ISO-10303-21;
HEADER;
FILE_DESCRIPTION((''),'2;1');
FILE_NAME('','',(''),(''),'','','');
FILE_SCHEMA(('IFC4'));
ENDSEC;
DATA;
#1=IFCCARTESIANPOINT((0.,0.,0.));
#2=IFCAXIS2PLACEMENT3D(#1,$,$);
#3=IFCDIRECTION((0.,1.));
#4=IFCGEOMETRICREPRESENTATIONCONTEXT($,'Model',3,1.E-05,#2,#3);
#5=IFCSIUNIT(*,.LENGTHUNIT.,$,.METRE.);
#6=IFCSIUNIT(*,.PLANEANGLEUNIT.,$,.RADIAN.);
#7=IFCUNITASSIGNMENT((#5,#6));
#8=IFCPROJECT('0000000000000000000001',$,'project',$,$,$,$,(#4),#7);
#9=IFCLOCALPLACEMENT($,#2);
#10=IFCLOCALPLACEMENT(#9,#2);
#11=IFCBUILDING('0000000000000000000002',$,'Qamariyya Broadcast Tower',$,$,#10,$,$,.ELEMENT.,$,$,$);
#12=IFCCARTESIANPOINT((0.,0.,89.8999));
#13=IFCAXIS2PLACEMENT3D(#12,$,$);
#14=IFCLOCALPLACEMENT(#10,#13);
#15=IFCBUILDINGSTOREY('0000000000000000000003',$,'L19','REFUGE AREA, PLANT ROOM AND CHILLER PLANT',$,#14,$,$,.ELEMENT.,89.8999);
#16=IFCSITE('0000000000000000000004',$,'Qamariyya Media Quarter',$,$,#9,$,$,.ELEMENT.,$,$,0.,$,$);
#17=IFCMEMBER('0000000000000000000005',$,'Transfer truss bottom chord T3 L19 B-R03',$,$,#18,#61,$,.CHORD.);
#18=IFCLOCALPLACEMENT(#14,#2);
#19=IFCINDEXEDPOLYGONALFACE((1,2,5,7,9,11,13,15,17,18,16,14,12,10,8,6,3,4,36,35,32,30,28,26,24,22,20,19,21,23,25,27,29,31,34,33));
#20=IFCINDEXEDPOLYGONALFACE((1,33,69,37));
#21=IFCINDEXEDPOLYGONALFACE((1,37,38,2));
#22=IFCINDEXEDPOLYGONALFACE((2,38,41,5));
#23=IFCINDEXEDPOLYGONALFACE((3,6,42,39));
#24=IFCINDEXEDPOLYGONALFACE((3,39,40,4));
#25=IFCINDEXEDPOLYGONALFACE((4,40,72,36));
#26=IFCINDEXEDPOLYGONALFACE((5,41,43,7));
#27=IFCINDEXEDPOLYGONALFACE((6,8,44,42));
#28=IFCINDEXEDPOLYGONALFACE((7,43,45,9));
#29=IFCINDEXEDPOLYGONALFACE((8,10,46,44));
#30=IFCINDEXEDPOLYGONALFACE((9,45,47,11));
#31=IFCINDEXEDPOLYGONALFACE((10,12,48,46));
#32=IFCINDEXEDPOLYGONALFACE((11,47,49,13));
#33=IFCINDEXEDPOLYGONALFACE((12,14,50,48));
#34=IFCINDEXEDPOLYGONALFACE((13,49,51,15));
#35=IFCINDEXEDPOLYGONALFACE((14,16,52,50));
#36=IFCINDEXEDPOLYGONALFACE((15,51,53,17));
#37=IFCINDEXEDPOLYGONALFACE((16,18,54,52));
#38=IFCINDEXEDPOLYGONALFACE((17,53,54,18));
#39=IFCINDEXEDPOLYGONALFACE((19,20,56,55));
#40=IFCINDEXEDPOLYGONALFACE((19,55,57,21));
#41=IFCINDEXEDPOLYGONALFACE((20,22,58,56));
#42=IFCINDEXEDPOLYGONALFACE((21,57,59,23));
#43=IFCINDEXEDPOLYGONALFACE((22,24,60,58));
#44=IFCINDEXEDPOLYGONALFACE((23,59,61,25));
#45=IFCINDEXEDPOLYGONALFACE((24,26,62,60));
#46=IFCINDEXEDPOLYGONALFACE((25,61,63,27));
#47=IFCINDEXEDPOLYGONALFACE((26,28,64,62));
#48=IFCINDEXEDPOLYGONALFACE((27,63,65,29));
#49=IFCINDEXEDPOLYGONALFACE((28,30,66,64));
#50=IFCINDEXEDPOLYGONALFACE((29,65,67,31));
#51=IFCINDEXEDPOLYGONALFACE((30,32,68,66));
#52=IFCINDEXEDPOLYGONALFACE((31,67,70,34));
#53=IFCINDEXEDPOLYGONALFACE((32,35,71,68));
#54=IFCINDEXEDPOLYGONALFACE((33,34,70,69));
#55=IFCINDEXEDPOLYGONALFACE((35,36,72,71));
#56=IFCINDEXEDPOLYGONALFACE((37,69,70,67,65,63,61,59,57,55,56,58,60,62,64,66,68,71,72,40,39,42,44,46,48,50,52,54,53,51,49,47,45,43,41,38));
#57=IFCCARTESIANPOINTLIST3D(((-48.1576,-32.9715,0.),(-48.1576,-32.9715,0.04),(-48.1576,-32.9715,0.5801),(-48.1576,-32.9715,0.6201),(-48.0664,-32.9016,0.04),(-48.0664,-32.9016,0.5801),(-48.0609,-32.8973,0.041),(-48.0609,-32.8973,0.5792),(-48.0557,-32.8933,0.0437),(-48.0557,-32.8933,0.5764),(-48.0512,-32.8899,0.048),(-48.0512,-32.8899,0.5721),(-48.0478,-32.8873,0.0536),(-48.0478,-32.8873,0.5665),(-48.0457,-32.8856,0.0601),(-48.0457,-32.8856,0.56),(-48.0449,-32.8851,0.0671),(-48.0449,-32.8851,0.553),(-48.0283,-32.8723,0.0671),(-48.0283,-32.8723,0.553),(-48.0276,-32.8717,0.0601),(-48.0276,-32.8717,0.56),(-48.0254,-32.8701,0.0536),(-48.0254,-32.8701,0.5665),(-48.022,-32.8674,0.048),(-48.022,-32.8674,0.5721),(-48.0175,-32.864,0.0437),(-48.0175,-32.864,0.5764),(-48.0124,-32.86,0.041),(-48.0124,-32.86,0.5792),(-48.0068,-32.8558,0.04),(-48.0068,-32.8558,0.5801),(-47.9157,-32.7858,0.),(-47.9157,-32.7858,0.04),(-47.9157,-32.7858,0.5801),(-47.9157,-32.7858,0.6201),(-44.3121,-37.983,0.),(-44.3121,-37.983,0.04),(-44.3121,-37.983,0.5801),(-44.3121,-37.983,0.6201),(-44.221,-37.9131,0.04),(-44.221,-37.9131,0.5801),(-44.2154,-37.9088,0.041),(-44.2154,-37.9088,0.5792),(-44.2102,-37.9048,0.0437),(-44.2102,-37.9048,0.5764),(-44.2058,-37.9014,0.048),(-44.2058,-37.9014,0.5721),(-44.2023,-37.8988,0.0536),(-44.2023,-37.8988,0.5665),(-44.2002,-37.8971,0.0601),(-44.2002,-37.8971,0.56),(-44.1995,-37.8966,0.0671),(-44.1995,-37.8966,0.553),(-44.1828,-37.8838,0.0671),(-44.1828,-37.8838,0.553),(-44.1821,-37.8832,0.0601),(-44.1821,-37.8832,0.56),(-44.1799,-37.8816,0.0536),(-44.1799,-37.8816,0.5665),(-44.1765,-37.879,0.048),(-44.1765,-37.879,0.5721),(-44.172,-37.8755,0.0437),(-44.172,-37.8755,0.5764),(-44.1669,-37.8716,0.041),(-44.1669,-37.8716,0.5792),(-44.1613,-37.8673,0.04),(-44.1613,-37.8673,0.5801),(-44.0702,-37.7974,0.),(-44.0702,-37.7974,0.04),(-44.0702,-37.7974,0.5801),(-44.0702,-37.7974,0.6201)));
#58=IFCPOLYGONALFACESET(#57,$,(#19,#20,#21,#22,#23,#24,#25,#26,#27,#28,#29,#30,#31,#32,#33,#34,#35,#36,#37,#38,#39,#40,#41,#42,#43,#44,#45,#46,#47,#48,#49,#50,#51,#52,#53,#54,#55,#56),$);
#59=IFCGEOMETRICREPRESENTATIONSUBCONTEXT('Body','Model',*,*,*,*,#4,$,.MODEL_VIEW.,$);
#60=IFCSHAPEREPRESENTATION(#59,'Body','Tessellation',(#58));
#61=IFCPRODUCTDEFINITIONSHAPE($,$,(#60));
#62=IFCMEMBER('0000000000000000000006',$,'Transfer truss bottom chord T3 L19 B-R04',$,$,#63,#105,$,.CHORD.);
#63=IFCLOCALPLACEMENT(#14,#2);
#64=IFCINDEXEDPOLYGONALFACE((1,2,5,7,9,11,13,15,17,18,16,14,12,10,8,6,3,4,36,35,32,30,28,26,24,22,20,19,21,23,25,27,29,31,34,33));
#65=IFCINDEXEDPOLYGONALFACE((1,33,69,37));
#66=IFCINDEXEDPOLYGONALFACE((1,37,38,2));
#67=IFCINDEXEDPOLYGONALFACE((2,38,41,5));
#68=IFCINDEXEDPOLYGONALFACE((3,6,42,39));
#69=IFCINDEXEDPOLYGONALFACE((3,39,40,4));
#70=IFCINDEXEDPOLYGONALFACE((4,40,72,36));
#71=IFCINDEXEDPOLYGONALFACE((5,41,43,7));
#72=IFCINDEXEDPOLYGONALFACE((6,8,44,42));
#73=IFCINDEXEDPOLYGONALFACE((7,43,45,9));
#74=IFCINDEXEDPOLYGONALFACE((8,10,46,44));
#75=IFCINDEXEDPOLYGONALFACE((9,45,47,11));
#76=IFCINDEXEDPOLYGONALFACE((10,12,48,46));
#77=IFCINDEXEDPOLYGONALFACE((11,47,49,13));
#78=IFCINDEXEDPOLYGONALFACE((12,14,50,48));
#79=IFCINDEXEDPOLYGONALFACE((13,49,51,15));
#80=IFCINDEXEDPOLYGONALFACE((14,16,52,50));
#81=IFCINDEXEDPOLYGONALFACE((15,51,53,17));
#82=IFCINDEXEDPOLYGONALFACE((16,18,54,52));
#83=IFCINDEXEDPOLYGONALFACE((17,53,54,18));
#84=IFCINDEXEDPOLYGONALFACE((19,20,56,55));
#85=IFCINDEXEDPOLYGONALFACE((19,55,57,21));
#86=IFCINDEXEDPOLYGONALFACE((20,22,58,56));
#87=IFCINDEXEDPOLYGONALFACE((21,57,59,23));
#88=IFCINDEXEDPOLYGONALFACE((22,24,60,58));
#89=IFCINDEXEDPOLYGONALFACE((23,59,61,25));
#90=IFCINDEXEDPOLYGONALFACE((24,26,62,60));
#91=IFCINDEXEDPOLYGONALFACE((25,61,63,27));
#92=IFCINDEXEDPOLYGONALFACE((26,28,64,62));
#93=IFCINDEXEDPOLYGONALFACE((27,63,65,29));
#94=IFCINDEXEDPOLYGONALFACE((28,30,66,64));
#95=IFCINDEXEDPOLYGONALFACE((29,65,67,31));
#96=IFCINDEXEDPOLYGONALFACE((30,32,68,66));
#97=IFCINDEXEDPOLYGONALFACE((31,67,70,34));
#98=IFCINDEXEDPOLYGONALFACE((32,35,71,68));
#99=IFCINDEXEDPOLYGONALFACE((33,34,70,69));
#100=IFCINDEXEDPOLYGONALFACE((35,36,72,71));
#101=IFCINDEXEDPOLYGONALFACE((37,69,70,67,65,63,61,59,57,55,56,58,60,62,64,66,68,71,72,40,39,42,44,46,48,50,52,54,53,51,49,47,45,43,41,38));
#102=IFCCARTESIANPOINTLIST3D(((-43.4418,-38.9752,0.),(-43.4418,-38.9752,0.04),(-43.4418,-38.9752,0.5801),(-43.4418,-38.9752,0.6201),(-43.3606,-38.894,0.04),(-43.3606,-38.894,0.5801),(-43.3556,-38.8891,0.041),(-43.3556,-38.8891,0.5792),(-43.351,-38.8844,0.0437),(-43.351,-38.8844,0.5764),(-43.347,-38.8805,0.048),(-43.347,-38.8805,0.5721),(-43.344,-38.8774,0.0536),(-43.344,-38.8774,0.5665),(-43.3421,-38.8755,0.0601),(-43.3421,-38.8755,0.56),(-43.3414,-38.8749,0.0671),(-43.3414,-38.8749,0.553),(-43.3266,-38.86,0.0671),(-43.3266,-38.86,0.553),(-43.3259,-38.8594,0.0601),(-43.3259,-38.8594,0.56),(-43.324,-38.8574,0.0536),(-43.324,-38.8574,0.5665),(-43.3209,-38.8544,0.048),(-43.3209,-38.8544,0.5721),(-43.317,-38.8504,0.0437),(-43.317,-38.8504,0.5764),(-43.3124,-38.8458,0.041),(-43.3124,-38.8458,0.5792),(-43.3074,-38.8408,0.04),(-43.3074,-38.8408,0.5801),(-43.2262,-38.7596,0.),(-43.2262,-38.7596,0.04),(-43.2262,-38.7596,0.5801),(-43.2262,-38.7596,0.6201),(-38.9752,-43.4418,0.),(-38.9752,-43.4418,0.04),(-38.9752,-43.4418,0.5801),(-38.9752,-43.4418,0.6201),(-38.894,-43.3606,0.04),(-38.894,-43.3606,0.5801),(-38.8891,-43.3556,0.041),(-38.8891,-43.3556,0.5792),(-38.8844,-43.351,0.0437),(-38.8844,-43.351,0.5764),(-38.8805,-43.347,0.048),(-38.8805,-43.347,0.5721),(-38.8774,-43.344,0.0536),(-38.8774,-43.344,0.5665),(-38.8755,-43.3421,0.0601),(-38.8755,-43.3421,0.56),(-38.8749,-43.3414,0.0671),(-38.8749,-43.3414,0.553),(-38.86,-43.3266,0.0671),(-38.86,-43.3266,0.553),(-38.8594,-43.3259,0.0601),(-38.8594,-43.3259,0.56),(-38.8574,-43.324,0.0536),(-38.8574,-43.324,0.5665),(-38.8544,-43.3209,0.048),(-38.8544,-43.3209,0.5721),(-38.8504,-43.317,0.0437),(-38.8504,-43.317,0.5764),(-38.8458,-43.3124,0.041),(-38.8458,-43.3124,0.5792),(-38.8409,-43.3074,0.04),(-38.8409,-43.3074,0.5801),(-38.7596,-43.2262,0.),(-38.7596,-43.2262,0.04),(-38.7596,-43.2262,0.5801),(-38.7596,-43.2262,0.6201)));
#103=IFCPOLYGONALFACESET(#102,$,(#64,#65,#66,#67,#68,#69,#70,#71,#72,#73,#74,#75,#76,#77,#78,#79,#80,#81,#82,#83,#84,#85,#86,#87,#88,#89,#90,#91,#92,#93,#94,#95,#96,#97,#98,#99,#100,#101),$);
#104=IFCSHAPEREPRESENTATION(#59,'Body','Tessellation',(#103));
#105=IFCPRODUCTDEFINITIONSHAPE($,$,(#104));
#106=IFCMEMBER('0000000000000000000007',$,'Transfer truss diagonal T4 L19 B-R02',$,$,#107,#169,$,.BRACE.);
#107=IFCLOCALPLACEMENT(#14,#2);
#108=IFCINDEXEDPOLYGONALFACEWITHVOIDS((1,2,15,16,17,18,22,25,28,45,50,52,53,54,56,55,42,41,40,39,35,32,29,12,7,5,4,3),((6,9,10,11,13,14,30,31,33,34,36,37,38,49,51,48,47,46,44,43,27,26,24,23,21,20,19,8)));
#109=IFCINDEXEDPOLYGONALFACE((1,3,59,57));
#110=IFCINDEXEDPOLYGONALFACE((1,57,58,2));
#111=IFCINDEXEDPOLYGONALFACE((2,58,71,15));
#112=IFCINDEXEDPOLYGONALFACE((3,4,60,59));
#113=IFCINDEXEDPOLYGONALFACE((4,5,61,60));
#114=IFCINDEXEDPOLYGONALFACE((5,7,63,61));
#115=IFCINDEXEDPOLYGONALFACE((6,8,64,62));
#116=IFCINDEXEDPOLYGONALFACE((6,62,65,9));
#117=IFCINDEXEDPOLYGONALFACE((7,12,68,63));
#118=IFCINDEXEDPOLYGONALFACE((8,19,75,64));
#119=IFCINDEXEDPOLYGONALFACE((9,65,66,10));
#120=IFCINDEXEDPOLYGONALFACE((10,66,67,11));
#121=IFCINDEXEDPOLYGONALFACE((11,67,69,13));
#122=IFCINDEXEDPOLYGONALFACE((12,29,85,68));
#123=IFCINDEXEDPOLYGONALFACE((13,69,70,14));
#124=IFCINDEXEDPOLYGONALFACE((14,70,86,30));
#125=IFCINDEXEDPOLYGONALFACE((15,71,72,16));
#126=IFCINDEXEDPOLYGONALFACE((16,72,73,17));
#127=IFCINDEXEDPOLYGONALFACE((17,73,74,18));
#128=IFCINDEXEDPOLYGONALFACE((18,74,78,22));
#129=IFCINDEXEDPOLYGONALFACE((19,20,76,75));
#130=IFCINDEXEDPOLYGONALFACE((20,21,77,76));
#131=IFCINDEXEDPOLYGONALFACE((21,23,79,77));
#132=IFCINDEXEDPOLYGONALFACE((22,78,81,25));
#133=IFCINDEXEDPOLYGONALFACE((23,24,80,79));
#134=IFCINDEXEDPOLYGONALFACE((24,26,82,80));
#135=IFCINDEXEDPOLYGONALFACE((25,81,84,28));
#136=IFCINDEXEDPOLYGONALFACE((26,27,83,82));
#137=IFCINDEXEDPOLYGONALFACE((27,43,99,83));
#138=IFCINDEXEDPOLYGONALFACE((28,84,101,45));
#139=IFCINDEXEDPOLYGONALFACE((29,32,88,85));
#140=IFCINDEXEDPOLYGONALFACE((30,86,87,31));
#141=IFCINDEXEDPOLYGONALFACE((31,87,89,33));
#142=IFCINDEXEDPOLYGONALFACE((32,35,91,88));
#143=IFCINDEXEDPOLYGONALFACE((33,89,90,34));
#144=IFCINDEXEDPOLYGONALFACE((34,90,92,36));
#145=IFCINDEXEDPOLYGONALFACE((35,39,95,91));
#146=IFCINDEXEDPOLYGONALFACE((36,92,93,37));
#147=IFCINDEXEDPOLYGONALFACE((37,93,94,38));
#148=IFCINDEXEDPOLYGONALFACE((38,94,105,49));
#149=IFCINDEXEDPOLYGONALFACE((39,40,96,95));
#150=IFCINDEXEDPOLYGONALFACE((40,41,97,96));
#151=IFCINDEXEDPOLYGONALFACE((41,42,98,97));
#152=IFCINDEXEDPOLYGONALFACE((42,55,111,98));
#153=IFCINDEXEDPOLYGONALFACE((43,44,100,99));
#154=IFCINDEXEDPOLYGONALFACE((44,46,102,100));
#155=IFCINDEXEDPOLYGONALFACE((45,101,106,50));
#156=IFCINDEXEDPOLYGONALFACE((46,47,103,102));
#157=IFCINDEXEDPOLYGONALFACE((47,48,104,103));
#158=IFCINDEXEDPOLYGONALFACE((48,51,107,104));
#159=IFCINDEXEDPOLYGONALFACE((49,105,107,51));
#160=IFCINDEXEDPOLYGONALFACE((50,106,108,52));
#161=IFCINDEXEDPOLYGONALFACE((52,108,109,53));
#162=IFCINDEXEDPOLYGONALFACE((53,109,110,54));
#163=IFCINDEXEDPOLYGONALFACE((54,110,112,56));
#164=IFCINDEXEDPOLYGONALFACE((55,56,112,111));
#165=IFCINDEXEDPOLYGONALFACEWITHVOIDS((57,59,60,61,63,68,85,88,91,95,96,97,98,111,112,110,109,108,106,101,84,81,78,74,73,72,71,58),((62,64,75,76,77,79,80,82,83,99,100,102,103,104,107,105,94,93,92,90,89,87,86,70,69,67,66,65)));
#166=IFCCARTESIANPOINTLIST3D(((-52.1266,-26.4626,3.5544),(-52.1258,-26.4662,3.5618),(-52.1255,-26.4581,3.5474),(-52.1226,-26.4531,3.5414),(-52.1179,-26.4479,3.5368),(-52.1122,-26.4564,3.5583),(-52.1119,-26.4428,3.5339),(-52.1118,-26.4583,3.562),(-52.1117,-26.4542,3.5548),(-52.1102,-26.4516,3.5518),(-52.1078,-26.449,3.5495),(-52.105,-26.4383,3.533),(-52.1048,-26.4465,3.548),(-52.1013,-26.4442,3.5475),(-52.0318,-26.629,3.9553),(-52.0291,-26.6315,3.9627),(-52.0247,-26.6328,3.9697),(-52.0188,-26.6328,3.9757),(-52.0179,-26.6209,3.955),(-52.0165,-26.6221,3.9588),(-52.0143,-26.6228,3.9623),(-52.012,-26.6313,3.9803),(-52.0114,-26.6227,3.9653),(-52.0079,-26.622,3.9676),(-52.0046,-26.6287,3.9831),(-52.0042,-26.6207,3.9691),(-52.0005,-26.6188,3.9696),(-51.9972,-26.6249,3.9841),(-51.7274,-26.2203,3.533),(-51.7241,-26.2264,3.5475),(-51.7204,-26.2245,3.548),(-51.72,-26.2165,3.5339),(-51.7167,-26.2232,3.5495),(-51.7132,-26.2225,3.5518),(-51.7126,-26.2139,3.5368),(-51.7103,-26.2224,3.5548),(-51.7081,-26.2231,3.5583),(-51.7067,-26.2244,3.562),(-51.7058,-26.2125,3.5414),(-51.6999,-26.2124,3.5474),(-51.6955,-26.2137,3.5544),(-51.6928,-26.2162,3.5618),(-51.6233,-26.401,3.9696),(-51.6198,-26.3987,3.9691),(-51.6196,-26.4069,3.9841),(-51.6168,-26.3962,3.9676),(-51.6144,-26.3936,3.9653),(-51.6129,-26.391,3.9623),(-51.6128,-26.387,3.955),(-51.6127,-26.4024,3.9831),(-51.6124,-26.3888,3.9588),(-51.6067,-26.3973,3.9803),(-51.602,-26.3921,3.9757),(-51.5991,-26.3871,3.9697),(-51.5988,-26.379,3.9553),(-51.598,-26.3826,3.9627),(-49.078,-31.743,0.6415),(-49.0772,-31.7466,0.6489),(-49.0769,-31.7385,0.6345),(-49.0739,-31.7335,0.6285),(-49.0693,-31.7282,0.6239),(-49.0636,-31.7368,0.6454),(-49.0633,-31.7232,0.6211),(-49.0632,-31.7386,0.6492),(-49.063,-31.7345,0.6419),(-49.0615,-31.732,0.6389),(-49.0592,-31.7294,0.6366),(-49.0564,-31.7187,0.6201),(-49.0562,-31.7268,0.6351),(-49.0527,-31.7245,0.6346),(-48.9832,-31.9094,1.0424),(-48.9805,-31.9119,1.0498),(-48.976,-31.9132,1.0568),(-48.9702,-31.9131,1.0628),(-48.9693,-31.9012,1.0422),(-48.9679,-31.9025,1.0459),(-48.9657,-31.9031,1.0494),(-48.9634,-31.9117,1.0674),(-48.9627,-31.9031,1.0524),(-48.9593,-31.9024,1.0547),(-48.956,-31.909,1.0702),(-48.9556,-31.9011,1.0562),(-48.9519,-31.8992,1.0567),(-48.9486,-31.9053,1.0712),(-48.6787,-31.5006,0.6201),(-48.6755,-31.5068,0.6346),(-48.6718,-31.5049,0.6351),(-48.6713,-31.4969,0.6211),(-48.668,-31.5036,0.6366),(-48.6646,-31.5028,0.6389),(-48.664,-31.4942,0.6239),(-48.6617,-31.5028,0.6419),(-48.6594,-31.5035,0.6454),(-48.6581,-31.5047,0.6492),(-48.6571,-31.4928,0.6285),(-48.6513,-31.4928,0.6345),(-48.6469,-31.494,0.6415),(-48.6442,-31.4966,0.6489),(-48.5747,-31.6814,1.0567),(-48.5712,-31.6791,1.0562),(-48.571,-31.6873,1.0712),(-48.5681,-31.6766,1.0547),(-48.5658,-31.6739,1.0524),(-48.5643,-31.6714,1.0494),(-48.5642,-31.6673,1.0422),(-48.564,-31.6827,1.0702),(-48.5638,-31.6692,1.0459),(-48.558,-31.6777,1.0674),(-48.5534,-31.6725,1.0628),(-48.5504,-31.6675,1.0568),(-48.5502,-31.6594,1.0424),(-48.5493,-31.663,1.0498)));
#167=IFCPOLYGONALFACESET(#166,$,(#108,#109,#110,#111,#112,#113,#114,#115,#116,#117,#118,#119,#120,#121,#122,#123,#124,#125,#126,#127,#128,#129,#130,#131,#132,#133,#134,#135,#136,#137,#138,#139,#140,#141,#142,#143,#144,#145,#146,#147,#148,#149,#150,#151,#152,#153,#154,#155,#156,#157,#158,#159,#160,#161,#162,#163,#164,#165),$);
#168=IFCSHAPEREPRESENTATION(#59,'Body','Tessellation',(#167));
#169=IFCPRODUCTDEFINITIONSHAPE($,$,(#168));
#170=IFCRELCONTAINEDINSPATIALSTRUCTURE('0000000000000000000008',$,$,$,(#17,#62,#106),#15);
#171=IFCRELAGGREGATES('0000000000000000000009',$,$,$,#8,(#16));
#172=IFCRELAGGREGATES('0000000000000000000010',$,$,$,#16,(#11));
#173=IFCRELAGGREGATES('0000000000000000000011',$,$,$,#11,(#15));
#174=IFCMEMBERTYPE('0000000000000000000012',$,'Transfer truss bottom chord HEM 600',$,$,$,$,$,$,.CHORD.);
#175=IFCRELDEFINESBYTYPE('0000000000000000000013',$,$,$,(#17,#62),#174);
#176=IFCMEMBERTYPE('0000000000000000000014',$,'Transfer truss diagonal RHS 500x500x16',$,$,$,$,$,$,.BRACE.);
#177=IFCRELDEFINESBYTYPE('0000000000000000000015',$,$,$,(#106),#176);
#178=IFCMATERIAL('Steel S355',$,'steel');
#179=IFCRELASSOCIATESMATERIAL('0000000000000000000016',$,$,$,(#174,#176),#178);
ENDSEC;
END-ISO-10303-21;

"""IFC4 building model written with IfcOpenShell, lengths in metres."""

from ifc_helpers import new_model, si_unit, direction, frame, origin, origin_2d, place, context, subcontext, project, spatial, hollow_rectangle, i_section, extrude, material, material_profile, profile_set, type_object, element, save


model = new_model("IFC4")

# Units and contexts
model_context = context("Model", 3, precision=1e-05, world=origin(), true_north=direction((0.0, 1.0)))
body_context = subcontext(model_context, "Body", "Model", "MODEL_VIEW")
ifc_project = project(units=[si_unit("LENGTHUNIT", "METRE"), si_unit("PLANEANGLEUNIT", "RADIAN")], contexts=[model_context])

# Site, building, storey
site_placement = place(None, origin())
site = spatial("IfcSite", under=ifc_project, at=site_placement, Name="Qamariyya Media Quarter", CompositionType="ELEMENT", RefElevation=0.0)
building_placement = place(site_placement, origin())
building = spatial("IfcBuilding", under=site, at=building_placement, Name="Qamariyya Broadcast Tower", CompositionType="ELEMENT")
storey_placement = place(building_placement, frame((0.0, 0.0, 89.8999)))
storey = spatial("IfcBuildingStorey", under=building, at=storey_placement, Name="L19", Description="REFUGE AREA, PLANT ROOM AND CHILLER PLANT", CompositionType="ELEMENT", Elevation=89.8999)

# Members
ifc_material_1 = material(Name="Steel S355", Category="steel")
ifc_material_profile_1 = material_profile(ifc_material_1, i_section(OverallWidth=0.3049, OverallDepth=0.6201, WebThickness=0.021, FlangeThickness=0.04, FilletRadius=0.0271, at=origin_2d()))
ifc_profile_set_1 = profile_set([ifc_material_profile_1], Name="Steel S355")
member_type_1 = type_object("IfcMemberType", Name="Transfer truss bottom chord HEM 600", PredefinedType="CHORD", material=ifc_profile_set_1)
for number, where, z_axis, x_axis, name in (
    (1, (-48.0366, -32.8787, 0.3101), (0.608763, -0.793352, 0.0), (0.793352, 0.608763, 0.0), "Transfer truss bottom chord T3 L19 B-R03"),
):
    element("IfcMember", number, at=place(storey_placement, frame(where, z_axis=z_axis, x_axis=x_axis)), inside=storey, type_object=member_type_1, Name=name, PredefinedType="CHORD", context=body_context, shape_type="SweptSolid", body=[
        extrude(i_section(OverallWidth=0.3049, OverallDepth=0.6201, WebThickness=0.021, FlangeThickness=0.04, FilletRadius=0.0271, at=origin_2d()), origin(), (0.0, 0.0, 1.0), 6.3169),
    ])
member_1_placement = place(storey_placement, frame((-43.334, -38.8674, 0.3101), z_axis=(0.707107, -0.707107, 0.0), x_axis=(0.707107, 0.707107, 0.0)))
element("IfcMember", 2, at=member_1_placement, inside=storey, type_object=member_type_1, Name="Transfer truss bottom chord T3 L19 B-R04", PredefinedType="CHORD", context=body_context, shape_type="SweptSolid", body=[
    extrude(i_section(OverallWidth=0.3049, OverallDepth=0.6201, WebThickness=0.021, FlangeThickness=0.04, FilletRadius=0.0271, at=origin_2d()), origin(), (0.0, 0.0, 1.0), 6.3167),
])
ifc_material_profile_2 = material_profile(ifc_material_1, hollow_rectangle(XDim=0.5, YDim=0.5, WallThickness=0.0161, InnerFilletRadius=0.0161, OuterFilletRadius=0.032, at=origin_2d()))
ifc_profile_set_2 = profile_set([ifc_material_profile_2], Name="Steel S355")
member_type_2 = type_object("IfcMemberType", Name="Transfer truss diagonal RHS 500x500x16", PredefinedType="BRACE", material=ifc_profile_set_2)
member_2_placement = place(storey_placement, frame((-51.8623, -26.4226, 3.7585), z_axis=(0.451161, -0.781429, -0.431072), x_axis=(0.866024, 0.500002, 0.0)))
element("IfcMember", 3, at=member_2_placement, inside=storey, type_object=member_type_2, Name="Transfer truss diagonal T4 L19 B-R02", PredefinedType="BRACE", context=body_context, shape_type="SweptSolid", body=[
    extrude(hollow_rectangle(XDim=0.5, YDim=0.5, WallThickness=0.0161, InnerFilletRadius=0.0161, OuterFilletRadius=0.032, at=origin_2d()), origin(), (0.0, 0.0, 1.0), 6.7573),
])

save(model, "model.ifc")
